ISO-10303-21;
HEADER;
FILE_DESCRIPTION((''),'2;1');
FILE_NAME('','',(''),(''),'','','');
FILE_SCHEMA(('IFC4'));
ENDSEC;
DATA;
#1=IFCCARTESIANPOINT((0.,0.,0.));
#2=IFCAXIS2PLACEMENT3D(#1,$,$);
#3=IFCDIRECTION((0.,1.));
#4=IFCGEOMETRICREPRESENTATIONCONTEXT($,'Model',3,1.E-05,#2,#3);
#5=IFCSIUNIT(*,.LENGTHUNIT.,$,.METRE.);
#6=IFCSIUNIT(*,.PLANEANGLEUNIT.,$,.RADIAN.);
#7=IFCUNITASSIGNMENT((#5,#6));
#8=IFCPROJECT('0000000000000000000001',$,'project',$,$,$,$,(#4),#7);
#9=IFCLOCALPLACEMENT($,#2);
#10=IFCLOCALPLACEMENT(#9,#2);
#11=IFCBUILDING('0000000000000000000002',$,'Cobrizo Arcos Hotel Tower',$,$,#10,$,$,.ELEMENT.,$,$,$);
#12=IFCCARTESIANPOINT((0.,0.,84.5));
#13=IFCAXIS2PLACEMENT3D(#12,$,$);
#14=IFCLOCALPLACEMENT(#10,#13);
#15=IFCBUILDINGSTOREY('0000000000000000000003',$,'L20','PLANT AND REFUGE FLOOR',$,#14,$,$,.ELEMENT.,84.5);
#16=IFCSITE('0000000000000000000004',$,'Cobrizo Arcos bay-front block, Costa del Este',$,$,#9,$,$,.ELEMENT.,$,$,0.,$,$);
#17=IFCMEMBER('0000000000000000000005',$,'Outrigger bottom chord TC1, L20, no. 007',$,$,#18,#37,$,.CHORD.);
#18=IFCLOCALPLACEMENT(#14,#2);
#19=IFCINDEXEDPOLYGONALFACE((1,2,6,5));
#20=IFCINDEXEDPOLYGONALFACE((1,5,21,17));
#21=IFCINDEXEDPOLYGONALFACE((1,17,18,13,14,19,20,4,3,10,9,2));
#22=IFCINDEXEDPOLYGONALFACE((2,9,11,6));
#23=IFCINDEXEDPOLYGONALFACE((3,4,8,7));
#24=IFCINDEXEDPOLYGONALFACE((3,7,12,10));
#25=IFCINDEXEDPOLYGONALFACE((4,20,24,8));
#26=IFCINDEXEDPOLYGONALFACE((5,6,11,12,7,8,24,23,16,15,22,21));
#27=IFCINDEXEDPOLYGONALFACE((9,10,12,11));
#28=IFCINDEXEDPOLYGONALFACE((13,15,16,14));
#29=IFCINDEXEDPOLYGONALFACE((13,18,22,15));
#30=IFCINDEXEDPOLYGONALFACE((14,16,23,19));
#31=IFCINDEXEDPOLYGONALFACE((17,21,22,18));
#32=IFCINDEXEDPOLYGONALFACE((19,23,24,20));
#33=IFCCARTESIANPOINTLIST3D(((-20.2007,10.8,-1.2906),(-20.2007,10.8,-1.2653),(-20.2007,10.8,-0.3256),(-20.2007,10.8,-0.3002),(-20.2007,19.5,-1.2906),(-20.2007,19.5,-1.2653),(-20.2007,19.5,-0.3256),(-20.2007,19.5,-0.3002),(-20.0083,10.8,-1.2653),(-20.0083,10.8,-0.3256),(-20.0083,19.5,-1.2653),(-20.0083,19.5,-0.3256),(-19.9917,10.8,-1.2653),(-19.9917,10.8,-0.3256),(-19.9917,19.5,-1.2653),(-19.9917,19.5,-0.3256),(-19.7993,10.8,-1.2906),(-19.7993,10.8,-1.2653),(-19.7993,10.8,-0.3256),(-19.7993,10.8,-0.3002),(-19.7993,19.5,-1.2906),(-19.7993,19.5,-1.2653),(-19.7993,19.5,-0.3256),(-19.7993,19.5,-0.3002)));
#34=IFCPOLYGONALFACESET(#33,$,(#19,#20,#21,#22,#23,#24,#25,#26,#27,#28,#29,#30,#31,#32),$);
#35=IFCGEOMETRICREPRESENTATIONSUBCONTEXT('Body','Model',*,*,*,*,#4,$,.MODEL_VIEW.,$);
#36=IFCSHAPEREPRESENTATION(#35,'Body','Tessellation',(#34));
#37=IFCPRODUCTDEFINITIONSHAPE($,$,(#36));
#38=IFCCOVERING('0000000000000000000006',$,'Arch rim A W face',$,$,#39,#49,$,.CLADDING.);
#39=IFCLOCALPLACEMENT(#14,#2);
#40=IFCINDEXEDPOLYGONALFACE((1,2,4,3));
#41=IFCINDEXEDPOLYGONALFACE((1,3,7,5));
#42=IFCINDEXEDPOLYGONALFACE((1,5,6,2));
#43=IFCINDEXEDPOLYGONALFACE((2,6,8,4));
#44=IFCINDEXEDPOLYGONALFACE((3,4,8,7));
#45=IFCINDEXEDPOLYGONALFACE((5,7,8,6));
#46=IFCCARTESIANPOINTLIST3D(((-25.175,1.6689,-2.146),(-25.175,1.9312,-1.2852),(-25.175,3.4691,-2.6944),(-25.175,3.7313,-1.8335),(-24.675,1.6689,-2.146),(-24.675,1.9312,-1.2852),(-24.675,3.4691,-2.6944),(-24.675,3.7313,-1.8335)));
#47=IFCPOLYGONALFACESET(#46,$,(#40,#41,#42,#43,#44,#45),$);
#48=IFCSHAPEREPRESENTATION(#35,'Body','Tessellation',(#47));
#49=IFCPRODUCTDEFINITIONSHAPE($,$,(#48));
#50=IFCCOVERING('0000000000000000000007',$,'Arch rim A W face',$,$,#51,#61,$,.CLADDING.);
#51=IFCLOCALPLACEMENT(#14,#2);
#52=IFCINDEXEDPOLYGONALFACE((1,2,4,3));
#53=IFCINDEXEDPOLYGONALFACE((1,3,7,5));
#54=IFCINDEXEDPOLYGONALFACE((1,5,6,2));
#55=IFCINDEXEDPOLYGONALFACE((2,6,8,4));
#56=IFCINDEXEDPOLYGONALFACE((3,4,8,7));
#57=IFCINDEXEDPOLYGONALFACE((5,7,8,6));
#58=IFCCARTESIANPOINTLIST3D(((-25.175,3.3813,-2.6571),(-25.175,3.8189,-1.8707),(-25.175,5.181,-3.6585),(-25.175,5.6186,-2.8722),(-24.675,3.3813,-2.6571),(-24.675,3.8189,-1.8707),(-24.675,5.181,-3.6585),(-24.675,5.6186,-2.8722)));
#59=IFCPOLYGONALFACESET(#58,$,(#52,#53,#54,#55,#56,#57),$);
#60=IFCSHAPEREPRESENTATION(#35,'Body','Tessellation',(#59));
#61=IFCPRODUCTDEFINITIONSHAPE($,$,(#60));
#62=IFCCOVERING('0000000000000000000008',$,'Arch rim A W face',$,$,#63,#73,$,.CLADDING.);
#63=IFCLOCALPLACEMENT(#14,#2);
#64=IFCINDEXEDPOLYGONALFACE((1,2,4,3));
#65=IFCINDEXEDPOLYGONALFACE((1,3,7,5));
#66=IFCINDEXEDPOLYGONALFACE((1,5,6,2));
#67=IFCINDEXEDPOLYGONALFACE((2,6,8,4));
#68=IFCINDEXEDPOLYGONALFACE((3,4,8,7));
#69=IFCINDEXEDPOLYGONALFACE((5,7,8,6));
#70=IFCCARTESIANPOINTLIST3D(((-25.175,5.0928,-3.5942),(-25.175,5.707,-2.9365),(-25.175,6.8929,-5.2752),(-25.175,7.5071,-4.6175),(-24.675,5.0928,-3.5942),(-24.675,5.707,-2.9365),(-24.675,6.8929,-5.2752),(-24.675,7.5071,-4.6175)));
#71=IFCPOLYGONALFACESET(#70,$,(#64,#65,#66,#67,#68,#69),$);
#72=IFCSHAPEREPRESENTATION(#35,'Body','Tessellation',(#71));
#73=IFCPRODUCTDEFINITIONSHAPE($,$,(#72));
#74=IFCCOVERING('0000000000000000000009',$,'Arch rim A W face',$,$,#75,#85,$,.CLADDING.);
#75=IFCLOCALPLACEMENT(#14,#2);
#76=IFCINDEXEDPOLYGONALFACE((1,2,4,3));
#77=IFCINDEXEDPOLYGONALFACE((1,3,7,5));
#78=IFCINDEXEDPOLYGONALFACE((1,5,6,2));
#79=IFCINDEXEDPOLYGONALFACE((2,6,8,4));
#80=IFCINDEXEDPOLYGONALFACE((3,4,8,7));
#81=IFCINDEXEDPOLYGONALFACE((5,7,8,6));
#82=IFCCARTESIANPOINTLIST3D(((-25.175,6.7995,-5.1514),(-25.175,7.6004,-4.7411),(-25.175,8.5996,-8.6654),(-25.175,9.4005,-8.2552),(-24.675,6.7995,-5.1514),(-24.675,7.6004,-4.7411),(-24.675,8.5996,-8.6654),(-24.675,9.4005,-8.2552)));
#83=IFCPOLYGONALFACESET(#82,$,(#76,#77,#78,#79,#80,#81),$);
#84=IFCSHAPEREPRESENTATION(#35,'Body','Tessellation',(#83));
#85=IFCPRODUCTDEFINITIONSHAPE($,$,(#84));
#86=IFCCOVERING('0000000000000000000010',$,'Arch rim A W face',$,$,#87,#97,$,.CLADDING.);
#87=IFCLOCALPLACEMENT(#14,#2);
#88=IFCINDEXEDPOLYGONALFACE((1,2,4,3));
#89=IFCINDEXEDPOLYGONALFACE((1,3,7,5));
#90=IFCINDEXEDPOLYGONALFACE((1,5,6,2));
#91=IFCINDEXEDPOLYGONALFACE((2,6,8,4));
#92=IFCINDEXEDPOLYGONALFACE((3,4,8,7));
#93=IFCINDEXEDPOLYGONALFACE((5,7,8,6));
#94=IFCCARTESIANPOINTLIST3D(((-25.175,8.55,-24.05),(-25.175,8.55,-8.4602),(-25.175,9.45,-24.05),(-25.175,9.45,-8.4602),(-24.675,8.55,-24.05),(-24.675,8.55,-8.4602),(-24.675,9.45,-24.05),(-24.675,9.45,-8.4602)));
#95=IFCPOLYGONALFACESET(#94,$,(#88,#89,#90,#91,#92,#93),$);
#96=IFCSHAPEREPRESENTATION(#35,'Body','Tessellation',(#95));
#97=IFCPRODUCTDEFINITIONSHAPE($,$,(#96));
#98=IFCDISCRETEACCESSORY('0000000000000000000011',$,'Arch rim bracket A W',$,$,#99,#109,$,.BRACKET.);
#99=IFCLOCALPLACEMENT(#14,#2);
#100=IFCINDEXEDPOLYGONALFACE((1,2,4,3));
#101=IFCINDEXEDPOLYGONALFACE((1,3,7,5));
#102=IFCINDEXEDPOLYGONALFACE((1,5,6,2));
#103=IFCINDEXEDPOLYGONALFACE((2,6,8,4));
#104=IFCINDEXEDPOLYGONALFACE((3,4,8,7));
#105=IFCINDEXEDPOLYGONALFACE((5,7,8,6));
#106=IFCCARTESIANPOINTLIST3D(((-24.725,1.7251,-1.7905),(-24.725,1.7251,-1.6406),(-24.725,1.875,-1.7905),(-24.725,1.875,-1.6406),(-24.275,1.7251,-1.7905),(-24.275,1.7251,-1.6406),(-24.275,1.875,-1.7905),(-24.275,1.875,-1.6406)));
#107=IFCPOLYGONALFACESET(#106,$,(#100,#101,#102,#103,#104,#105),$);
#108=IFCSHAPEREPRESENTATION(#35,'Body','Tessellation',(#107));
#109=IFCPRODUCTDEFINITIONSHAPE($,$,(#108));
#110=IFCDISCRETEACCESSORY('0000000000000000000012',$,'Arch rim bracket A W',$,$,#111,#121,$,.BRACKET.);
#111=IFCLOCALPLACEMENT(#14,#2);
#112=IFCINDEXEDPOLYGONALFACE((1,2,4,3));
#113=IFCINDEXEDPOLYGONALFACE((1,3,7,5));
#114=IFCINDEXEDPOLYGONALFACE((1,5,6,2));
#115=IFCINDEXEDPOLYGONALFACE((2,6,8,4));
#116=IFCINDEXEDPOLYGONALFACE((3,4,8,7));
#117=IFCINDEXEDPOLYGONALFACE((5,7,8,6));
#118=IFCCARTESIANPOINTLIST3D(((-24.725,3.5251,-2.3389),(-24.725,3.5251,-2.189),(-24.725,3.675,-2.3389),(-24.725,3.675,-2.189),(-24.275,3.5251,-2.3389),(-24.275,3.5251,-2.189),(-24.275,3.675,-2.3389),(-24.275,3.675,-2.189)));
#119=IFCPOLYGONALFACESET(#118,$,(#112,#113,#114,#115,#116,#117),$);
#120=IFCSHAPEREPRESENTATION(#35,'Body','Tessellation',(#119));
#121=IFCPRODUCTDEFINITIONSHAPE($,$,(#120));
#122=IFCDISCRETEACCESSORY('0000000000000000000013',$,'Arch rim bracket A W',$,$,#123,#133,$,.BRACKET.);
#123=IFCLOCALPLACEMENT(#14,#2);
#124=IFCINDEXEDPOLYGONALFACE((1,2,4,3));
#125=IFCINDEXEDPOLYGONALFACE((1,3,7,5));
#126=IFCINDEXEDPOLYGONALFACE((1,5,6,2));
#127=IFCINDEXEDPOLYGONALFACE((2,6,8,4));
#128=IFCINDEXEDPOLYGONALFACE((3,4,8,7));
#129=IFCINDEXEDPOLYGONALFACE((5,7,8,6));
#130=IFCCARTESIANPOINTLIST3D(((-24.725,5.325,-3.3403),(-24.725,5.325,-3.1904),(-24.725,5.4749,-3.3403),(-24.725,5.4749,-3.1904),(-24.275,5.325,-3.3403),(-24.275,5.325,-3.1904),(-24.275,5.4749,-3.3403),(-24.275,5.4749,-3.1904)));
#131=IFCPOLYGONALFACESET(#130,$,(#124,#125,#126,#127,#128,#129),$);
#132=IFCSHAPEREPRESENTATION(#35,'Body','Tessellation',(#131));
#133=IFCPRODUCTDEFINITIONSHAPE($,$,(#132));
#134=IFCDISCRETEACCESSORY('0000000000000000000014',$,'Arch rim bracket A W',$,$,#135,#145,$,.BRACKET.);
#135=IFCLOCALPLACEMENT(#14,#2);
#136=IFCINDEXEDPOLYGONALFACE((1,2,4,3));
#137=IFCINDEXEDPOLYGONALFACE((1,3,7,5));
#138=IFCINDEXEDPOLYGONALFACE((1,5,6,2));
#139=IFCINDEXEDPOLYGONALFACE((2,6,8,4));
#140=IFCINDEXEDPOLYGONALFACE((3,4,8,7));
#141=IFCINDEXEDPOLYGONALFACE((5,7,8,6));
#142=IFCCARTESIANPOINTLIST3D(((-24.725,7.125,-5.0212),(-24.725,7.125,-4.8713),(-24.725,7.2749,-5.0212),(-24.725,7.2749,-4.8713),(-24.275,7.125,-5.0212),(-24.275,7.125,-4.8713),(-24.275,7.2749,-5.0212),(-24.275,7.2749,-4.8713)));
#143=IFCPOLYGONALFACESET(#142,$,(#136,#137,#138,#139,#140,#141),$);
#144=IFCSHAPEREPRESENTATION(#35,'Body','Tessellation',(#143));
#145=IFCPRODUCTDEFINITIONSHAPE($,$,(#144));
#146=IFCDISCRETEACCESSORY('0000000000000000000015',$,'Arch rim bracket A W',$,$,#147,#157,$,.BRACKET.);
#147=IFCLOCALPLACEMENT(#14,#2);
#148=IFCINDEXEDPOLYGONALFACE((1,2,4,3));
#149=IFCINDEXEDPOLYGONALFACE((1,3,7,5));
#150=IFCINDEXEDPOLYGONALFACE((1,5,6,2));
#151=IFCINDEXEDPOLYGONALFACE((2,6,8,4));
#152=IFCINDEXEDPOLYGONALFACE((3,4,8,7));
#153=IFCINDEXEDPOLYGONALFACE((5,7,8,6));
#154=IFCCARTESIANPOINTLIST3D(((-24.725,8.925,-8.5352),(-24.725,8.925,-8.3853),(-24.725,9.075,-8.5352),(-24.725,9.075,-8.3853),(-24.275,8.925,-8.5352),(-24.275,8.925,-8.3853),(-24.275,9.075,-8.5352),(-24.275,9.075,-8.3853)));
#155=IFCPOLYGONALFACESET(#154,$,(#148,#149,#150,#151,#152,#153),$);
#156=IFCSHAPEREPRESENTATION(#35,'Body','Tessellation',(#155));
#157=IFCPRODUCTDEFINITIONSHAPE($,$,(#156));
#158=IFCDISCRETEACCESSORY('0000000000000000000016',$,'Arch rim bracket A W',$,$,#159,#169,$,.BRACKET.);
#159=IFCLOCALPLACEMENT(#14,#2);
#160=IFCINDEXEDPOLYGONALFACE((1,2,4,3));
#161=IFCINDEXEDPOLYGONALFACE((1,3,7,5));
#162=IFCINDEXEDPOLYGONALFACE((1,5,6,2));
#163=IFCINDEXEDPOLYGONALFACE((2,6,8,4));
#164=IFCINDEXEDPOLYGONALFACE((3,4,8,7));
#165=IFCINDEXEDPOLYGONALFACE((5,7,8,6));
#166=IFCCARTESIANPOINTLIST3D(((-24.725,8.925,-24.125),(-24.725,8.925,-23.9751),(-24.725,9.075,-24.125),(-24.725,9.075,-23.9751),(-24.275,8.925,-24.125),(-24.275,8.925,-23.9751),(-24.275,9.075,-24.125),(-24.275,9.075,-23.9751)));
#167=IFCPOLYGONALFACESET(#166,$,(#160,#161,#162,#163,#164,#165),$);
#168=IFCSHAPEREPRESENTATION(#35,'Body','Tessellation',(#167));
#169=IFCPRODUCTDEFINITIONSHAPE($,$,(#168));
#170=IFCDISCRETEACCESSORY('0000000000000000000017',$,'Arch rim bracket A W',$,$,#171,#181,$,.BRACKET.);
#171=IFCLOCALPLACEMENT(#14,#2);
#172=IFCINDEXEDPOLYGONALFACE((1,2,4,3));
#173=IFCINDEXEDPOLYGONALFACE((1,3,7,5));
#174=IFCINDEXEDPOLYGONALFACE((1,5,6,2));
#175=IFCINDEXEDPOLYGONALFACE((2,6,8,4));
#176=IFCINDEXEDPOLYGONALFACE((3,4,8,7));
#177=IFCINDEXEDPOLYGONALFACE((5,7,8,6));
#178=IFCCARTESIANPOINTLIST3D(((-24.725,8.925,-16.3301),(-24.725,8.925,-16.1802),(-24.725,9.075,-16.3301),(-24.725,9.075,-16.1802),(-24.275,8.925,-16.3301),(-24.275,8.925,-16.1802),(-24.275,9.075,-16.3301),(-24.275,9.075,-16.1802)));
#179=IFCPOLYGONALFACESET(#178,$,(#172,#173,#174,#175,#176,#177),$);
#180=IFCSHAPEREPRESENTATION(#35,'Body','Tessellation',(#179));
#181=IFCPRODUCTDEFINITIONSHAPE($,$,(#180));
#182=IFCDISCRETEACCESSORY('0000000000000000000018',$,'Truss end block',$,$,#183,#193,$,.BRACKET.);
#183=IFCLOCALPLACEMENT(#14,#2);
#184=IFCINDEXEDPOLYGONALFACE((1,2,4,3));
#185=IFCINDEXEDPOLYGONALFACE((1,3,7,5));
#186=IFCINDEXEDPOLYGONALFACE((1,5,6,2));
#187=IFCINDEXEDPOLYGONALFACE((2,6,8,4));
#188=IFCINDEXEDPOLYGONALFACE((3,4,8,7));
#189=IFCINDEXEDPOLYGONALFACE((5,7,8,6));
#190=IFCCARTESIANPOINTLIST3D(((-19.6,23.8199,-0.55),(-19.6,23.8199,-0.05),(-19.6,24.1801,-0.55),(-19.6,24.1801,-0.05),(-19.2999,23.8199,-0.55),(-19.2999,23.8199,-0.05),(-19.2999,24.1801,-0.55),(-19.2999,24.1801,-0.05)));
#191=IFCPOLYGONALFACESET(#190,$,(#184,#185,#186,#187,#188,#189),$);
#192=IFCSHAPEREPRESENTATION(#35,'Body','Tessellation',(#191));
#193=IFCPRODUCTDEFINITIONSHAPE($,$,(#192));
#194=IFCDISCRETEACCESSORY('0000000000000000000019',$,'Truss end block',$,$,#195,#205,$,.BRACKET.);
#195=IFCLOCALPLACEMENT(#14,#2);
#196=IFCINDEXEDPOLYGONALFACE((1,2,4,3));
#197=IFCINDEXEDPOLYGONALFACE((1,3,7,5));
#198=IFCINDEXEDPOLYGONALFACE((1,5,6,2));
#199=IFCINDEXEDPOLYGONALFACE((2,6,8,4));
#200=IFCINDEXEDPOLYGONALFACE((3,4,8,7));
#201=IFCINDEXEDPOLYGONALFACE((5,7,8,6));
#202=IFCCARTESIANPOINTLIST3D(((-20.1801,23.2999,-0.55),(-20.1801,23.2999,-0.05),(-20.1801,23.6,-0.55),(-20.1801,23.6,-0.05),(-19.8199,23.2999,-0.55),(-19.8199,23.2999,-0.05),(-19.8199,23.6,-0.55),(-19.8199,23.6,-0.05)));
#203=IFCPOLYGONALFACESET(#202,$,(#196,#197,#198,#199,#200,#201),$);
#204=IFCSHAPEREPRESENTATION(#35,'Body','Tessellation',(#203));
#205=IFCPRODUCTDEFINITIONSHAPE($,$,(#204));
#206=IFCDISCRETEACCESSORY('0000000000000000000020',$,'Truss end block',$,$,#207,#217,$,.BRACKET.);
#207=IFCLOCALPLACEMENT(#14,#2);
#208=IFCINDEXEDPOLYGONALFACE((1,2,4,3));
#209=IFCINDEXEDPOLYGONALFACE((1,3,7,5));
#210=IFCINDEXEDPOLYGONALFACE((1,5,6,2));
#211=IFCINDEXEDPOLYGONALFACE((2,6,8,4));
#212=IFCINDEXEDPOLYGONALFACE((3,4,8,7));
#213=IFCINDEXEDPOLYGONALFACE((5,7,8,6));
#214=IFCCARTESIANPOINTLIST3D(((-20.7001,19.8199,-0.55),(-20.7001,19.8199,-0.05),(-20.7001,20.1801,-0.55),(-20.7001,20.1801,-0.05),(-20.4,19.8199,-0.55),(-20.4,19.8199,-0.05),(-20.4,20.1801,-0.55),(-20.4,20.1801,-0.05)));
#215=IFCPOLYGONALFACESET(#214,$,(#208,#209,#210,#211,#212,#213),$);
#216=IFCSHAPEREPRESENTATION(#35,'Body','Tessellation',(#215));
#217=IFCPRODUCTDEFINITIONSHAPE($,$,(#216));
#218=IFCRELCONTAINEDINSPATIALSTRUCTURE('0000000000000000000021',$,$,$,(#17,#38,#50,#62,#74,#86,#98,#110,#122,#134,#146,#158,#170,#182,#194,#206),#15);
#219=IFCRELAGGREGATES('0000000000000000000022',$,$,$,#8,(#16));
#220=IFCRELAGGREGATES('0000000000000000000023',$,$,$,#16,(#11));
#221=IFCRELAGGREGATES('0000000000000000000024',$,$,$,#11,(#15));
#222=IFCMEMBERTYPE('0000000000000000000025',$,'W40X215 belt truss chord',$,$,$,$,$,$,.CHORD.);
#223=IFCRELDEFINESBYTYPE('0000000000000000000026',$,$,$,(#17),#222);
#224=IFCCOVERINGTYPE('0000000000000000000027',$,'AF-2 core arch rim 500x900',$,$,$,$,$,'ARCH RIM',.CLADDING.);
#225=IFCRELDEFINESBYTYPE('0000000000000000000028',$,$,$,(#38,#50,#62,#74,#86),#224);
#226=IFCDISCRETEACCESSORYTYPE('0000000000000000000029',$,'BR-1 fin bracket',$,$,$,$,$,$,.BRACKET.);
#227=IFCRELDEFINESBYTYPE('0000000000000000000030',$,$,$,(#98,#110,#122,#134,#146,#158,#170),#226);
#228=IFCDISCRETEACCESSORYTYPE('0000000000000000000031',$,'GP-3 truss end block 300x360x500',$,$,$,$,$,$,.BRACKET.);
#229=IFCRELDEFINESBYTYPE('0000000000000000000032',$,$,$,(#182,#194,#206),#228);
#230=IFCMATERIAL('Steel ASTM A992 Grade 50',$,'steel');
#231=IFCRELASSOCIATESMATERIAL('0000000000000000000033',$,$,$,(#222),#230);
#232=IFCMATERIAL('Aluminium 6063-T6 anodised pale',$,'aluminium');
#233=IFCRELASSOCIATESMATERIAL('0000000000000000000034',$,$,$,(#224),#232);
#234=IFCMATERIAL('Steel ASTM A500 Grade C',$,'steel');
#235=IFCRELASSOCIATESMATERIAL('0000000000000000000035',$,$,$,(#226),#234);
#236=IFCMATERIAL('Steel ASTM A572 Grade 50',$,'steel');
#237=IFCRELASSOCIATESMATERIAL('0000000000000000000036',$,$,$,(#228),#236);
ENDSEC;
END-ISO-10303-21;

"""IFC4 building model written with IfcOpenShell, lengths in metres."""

from ifc_helpers import new_model, si_unit, direction, frame, origin, origin_2d, place, context, subcontext, project, spatial, rectangle, i_section, extrude, material, material_profile, profile_set, type_object, element, save


model = new_model("IFC4")

# Units and contexts
model_context = context("Model", 3, precision=1e-05, world=origin(), true_north=direction((0.0, 1.0)))
body_context = subcontext(model_context, "Body", "Model", "MODEL_VIEW")
ifc_project = project(units=[si_unit("LENGTHUNIT", "METRE"), si_unit("PLANEANGLEUNIT", "RADIAN")], contexts=[model_context])

# Site, building, storey
site_placement = place(None, origin())
site = spatial("IfcSite", under=ifc_project, at=site_placement, Name="Cobrizo Arcos bay-front block, Costa del Este", CompositionType="ELEMENT", RefElevation=0.0)
building_placement = place(site_placement, origin())
building = spatial("IfcBuilding", under=site, at=building_placement, Name="Cobrizo Arcos Hotel Tower", CompositionType="ELEMENT")
storey_placement = place(building_placement, frame((0.0, 0.0, 84.5)))
storey = spatial("IfcBuildingStorey", under=building, at=storey_placement, Name="L20", Description="PLANT AND REFUGE FLOOR", CompositionType="ELEMENT", Elevation=84.5)

# Shared definitions
ifc_material_1 = material(Name="Steel ASTM A992 Grade 50", Category="steel")

# Member
ifc_material_profile_1 = material_profile(ifc_material_1, i_section(OverallWidth=0.4014, OverallDepth=0.9905, WebThickness=0.0166, FlangeThickness=0.0254, at=origin_2d()), Name="W40X215")
ifc_profile_set_1 = profile_set([ifc_material_profile_1], Name="Steel ASTM A992 Grade 50")
member_type = type_object("IfcMemberType", Name="W40X215 belt truss chord", PredefinedType="CHORD", material=ifc_profile_set_1)
member_1_placement = place(storey_placement, frame((-20.0, 10.8, -0.7954), z_axis=(0.0, 1.0, 0.0), x_axis=(-1.0, 0.0, 0.0)))
element("IfcMember", 1, at=member_1_placement, inside=storey, type_object=member_type, Name="Outrigger bottom chord TC1, L20, no. 007", PredefinedType="CHORD", context=body_context, shape_type="SweptSolid", body=[
    extrude(i_section(OverallWidth=0.4014, OverallDepth=0.9905, WebThickness=0.0166, FlangeThickness=0.0254, at=origin_2d()), origin(), (0.0, 0.0, 1.0), 8.7),
])

# Coverings
ifc_material_2 = material(Name="Aluminium 6063-T6 anodised pale", Category="aluminium")
ifc_material_profile_2 = material_profile(ifc_material_2, rectangle(XDim=0.5, YDim=0.8999, at=origin_2d()), Name="AF-2 core arch rim 500x900")
ifc_profile_set_2 = profile_set([ifc_material_profile_2], Name="Aluminium 6063-T6 anodised pale")
covering_type = type_object("IfcCoveringType", Name="AF-2 core arch rim 500x900", ElementType="ARCH RIM", PredefinedType="CLADDING", material=ifc_profile_set_2)
covering_1_placement = place(storey_placement, frame((-24.925, 1.8, -1.7156), z_axis=(0.0, 0.9566, -0.291404), x_axis=(-1.0, 0.0, 0.0)))
element("IfcCovering", 2, at=covering_1_placement, inside=storey, type_object=covering_type, Name="Arch rim A W face", PredefinedType="CLADDING", context=body_context, shape_type="SweptSolid", body=[
    extrude(rectangle(XDim=0.5, YDim=0.8999, at=origin_2d()), origin(), (0.0, 0.0, 1.0), 1.8818),
])
covering_2_placement = place(storey_placement, frame((-24.925, 3.6001, -2.2639), z_axis=(0.0, 0.873833, -0.486227), x_axis=(-1.0, 0.0, 0.0)))
element("IfcCovering", 3, at=covering_2_placement, inside=storey, type_object=covering_type, Name="Arch rim A W face", PredefinedType="CLADDING", context=body_context, shape_type="SweptSolid", body=[
    extrude(rectangle(XDim=0.5, YDim=0.8999, at=origin_2d()), origin(), (0.0, 0.0, 1.0), 2.0596),
])
covering_3_placement = place(storey_placement, frame((-24.925, 5.3999, -3.2654), z_axis=(0.0, 0.730881, -0.682505), x_axis=(-1.0, 0.0, 0.0)))
element("IfcCovering", 4, at=covering_3_placement, inside=storey, type_object=covering_type, Name="Arch rim A W face", PredefinedType="CLADDING", context=body_context, shape_type="SweptSolid", body=[
    extrude(rectangle(XDim=0.5, YDim=0.8999, at=origin_2d()), origin(), (0.0, 0.0, 1.0), 2.4629),
])
covering_4_placement = place(storey_placement, frame((-24.925, 7.2, -4.9463), z_axis=(0.0, 0.455924, -0.890019), x_axis=(-1.0, 0.0, 0.0)))
element("IfcCovering", 5, at=covering_4_placement, inside=storey, type_object=covering_type, Name="Arch rim A W face", PredefinedType="CLADDING", context=body_context, shape_type="SweptSolid", body=[
    extrude(rectangle(XDim=0.5, YDim=0.8999, at=origin_2d()), origin(), (0.0, 0.0, 1.0), 3.9482),
])
covering_5_placement = place(storey_placement, frame((-24.925, 9.0, -24.05), z_axis=(0.0, 0.0, 1.0), x_axis=(1.0, 0.0, 0.0)))
element("IfcCovering", 6, at=covering_5_placement, inside=storey, type_object=covering_type, Name="Arch rim A W face", PredefinedType="CLADDING", context=body_context, shape_type="SweptSolid", body=[
    extrude(rectangle(XDim=0.5, YDim=0.8999, at=origin_2d()), origin(), (0.0, 0.0, 1.0), 15.5898),
])

# Discrete accessories
ifc_material_3 = material(Name="Steel ASTM A500 Grade C", Category="steel")
discrete_accessory_type_1 = type_object("IfcDiscreteAccessoryType", Name="BR-1 fin bracket", PredefinedType="BRACKET", material=ifc_material_3)
for number, where, z_axis, x_axis, name in (
    (7, (-24.5, 1.8, -1.7905), (0.0, 0.0, 1.0), (1.0, 0.0, 0.0), "Arch rim bracket A W"),
    (8, (-24.5, 3.6001, -2.3389), (0.0, 0.0, 1.0), (1.0, 0.0, 0.0), "Arch rim bracket A W"),
    (9, (-24.5, 5.3999, -3.3403), (0.0, 0.0, 1.0), (1.0, 0.0, 0.0), "Arch rim bracket A W"),
    (10, (-24.5, 7.2, -5.0212), (0.0, 0.0, 1.0), (1.0, 0.0, 0.0), "Arch rim bracket A W"),
    (11, (-24.5, 9.0, -8.5352), (0.0, 0.0, 1.0), (1.0, 0.0, 0.0), "Arch rim bracket A W"),
    (12, (-24.5, 9.0, -24.125), (0.0, 0.0, 1.0), (1.0, 0.0, 0.0), "Arch rim bracket A W"),
    (13, (-24.5, 9.0, -16.3301), (0.0, 0.0, 1.0), (1.0, 0.0, 0.0), "Arch rim bracket A W"),
):
    element("IfcDiscreteAccessory", number, at=place(storey_placement, frame(where, z_axis=z_axis, x_axis=x_axis)), inside=storey, type_object=discrete_accessory_type_1, Name=name, PredefinedType="BRACKET", context=body_context, shape_type="SweptSolid", body=[
        extrude(rectangle(XDim=0.45, YDim=0.1499, at=origin_2d()), origin(), (0.0, 0.0, 1.0), 0.1499),
    ])
ifc_material_4 = material(Name="Steel ASTM A572 Grade 50", Category="steel")
discrete_accessory_type_2 = type_object("IfcDiscreteAccessoryType", Name="GP-3 truss end block 300x360x500", PredefinedType="BRACKET", material=ifc_material_4)
for number, where, z_axis, x_axis, name in (
    (14, (-19.45, 24.0, -0.55), (0.0, 0.0, 1.0), (1.0, 0.0, 0.0), "Truss end block"),
    (15, (-20.0, 23.45, -0.55), (0.0, 0.0, 1.0), (0.0, -1.0, 0.0), "Truss end block"),
    (16, (-20.55, 20.0, -0.55), (0.0, 0.0, 1.0), (-1.0, 0.0, 0.0), "Truss end block"),
):
    element("IfcDiscreteAccessory", number, at=place(storey_placement, frame(where, z_axis=z_axis, x_axis=x_axis)), inside=storey, type_object=discrete_accessory_type_2, Name=name, PredefinedType="BRACKET", context=body_context, shape_type="SweptSolid", body=[
        extrude(rectangle(XDim=0.3, YDim=0.3601, at=origin_2d()), origin(), (0.0, 0.0, 1.0), 0.5),
    ])

save(model, "model.ifc")
